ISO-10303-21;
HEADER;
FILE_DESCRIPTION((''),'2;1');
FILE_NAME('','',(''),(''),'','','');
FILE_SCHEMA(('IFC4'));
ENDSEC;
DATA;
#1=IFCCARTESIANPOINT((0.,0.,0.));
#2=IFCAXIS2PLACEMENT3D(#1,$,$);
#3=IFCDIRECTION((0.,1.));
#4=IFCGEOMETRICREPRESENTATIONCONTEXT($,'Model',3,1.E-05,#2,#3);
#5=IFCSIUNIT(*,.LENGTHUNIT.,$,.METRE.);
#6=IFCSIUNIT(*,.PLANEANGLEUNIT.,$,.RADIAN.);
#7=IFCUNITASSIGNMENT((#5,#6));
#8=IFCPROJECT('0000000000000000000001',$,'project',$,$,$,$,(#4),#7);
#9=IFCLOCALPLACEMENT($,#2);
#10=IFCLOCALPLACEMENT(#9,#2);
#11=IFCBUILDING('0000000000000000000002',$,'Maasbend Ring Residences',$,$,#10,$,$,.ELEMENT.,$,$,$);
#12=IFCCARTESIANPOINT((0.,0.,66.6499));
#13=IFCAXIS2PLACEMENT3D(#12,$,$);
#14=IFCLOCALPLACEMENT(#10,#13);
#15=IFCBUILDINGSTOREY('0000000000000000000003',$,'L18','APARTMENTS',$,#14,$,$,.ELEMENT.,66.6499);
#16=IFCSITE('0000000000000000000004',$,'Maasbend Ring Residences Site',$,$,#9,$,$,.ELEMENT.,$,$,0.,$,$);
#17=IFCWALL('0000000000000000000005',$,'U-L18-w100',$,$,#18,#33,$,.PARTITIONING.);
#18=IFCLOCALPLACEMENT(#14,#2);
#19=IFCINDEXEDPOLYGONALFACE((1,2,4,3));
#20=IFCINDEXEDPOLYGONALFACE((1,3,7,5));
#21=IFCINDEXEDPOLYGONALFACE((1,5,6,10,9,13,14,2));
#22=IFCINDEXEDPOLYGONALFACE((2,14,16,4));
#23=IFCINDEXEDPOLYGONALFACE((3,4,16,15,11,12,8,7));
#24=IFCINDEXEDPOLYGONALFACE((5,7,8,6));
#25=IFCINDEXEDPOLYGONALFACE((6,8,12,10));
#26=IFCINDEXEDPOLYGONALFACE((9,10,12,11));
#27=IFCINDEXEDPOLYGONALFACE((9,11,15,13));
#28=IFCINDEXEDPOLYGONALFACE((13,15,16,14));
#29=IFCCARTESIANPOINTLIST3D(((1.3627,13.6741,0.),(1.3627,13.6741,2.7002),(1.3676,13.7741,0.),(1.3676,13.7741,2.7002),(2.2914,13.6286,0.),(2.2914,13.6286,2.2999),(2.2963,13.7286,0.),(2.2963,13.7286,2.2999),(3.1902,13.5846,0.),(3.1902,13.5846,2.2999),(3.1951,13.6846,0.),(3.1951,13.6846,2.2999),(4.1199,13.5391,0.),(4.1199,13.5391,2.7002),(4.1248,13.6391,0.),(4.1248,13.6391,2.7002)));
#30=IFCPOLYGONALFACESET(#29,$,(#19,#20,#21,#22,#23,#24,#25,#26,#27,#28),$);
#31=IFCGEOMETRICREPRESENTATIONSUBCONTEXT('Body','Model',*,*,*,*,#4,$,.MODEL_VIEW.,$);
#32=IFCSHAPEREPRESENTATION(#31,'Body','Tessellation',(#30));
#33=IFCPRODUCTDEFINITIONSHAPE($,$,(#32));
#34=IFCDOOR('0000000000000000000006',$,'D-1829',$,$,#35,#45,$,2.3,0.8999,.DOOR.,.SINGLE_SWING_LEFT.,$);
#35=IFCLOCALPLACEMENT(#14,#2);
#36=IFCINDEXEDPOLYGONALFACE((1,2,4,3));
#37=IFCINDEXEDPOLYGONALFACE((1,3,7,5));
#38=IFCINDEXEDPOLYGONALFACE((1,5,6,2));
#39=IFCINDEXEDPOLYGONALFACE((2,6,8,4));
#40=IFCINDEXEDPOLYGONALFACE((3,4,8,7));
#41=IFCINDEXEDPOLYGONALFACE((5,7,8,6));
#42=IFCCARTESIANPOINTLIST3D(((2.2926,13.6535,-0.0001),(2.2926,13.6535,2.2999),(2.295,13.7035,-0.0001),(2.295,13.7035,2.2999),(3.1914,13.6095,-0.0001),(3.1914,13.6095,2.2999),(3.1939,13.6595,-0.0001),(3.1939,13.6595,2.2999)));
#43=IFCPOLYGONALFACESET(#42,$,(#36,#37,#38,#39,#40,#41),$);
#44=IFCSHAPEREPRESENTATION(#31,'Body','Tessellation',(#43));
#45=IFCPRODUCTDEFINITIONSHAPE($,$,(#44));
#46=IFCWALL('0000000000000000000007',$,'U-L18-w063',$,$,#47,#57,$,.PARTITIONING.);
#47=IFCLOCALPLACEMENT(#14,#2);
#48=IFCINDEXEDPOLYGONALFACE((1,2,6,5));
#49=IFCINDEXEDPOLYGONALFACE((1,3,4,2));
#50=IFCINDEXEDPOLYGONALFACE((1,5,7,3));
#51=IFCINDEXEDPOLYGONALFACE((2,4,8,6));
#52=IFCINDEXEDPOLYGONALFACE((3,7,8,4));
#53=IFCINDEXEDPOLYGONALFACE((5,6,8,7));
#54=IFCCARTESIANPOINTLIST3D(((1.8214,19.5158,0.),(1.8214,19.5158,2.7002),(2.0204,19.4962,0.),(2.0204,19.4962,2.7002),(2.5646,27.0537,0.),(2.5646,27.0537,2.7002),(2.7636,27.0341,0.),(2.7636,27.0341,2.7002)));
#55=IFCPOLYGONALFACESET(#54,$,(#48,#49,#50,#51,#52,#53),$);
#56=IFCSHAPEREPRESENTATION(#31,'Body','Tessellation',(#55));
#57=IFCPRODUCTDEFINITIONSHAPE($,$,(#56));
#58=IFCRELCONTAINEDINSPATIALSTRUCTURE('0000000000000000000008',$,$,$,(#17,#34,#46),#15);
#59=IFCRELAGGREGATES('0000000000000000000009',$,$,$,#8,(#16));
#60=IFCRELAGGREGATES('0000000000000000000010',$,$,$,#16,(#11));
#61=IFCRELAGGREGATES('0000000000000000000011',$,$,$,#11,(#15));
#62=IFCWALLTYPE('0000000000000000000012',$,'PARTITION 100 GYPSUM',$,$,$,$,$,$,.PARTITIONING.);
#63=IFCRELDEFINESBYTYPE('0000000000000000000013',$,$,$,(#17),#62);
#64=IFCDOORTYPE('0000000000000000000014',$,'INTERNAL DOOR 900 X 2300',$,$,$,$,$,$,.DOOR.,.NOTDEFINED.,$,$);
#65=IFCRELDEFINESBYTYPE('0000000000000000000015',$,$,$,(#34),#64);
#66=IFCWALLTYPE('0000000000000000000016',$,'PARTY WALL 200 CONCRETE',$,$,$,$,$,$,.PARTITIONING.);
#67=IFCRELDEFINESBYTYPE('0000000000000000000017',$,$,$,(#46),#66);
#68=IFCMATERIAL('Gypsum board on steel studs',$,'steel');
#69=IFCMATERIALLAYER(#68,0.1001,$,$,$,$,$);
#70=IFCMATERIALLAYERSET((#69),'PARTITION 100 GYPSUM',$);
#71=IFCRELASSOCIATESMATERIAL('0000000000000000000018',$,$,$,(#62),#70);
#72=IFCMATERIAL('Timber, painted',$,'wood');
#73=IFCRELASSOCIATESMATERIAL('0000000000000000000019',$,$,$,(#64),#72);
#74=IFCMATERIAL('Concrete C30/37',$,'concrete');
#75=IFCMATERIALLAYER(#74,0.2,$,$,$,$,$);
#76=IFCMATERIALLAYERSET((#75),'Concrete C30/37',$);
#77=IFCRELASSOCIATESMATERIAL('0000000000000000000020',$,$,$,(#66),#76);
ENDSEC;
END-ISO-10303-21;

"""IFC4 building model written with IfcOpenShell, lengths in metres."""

from ifc_helpers import new_model, si_unit, direction, frame, frame_2d, origin, place, context, subcontext, project, spatial, rectangle, extrude, material, layer, layer_set, type_object, element, fill, save


model = new_model("IFC4")

# Units and contexts
model_context = context("Model", 3, precision=1e-05, world=origin(), true_north=direction((0.0, 1.0)))
body_context = subcontext(model_context, "Body", "Model", "MODEL_VIEW")
ifc_project = project(units=[si_unit("LENGTHUNIT", "METRE"), si_unit("PLANEANGLEUNIT", "RADIAN")], contexts=[model_context])

# Site, building, storey
site_placement = place(None, origin())
site = spatial("IfcSite", under=ifc_project, at=site_placement, Name="Maasbend Ring Residences Site", CompositionType="ELEMENT", RefElevation=0.0)
building_placement = place(site_placement, origin())
building = spatial("IfcBuilding", under=site, at=building_placement, Name="Maasbend Ring Residences", CompositionType="ELEMENT")
storey_placement = place(building_placement, frame((0.0, 0.0, 66.6499)))
storey = spatial("IfcBuildingStorey", under=building, at=storey_placement, Name="L18", Description="APARTMENTS", CompositionType="ELEMENT", Elevation=66.6499)

# Shared definitions
ifc_material_1 = material(Name="Gypsum board on steel studs", Category="steel")
ifc_layer_1 = layer(ifc_material_1, 0.1001)
ifc_layer_set_1 = layer_set([ifc_layer_1], Name="PARTITION 100 GYPSUM")
wall_type_1 = type_object("IfcWallType", Name="PARTITION 100 GYPSUM", PredefinedType="PARTITIONING", material=ifc_layer_set_1)

# Shared definitions
ifc_material_2 = material(Name="Timber, painted", Category="wood")
door_type_1 = type_object("IfcDoorType", Name="INTERNAL DOOR 900 X 2300", OperationType="NOTDEFINED", PredefinedType="DOOR", material=ifc_material_2)

# Wall, opening, door
wall_1_placement = place(storey_placement, frame((1.365, 13.7241, 0.0), z_axis=(0.0, 0.0, 1.0), x_axis=(0.998803, -0.04891, 0.0)))
wall_1 = element("IfcWall", 1, at=wall_1_placement, inside=storey, type_object=wall_type_1, Name="U-L18-w100", PredefinedType="PARTITIONING", context=body_context, shape_type="SweptSolid", body=[
    extrude(rectangle(XDim=2.7605, YDim=0.1001, at=frame_2d((1.3804, 0.0))), origin(), (0.0, 0.0, 1.0), 2.7002),
])
opening_1_placement = place(wall_1_placement, frame((0.9299, 0.0, 0.0)))
opening_1 = element("IfcOpeningElement", 2, at=opening_1_placement, cuts=wall_1, PredefinedType="OPENING", context=body_context, shape_type="SweptSolid", body=[
    extrude(rectangle(XDim=0.8999, YDim=2.3, at=frame_2d((0.45, 1.1499))), frame((0.0, 0.0601, 0.0), z_axis=(0.0, -1.0, 0.0), x_axis=(1.0, 0.0, 0.0)), (0.0, 0.0, 1.0), 0.1201),
])
door_1_placement = place(opening_1_placement, origin())
door_1 = element("IfcDoor", 3, at=door_1_placement, inside=storey, type_object=door_type_1, Name="D-1829", OperationType="SINGLE_SWING_LEFT", OverallHeight=2.3, OverallWidth=0.8999, PredefinedType="DOOR", context=body_context, shape_type="SweptSolid", body=[
    extrude(rectangle(XDim=0.8999, YDim=2.3, at=frame_2d((0.45, 1.1499))), frame((0.0, 0.0249, 0.0), z_axis=(0.0, -1.0, 0.0), x_axis=(1.0, 0.0, 0.0)), (0.0, 0.0, 1.0), 0.05),
])
fill(opening_1, door_1)

# Wall
ifc_material_3 = material(Name="Concrete C30/37", Category="concrete")
ifc_layer_2 = layer(ifc_material_3, 0.2)
ifc_layer_set_2 = layer_set([ifc_layer_2], Name="Concrete C30/37")
wall_type_2 = type_object("IfcWallType", Name="PARTY WALL 200 CONCRETE", PredefinedType="PARTITIONING", material=ifc_layer_set_2)
wall_2_placement = place(storey_placement, frame((1.9209, 19.5061, 0.0), z_axis=(0.0, 0.0, 1.0), x_axis=(0.098115, 0.995175, 0.0)))
element("IfcWall", 4, at=wall_2_placement, inside=storey, type_object=wall_type_2, Name="U-L18-w063", PredefinedType="PARTITIONING", context=body_context, shape_type="SweptSolid", body=[
    extrude(rectangle(XDim=7.5745, YDim=0.2, at=frame_2d((3.7871, 0.0))), origin(), (0.0, 0.0, 1.0), 2.7002),
])

save(model, "model.ifc")
